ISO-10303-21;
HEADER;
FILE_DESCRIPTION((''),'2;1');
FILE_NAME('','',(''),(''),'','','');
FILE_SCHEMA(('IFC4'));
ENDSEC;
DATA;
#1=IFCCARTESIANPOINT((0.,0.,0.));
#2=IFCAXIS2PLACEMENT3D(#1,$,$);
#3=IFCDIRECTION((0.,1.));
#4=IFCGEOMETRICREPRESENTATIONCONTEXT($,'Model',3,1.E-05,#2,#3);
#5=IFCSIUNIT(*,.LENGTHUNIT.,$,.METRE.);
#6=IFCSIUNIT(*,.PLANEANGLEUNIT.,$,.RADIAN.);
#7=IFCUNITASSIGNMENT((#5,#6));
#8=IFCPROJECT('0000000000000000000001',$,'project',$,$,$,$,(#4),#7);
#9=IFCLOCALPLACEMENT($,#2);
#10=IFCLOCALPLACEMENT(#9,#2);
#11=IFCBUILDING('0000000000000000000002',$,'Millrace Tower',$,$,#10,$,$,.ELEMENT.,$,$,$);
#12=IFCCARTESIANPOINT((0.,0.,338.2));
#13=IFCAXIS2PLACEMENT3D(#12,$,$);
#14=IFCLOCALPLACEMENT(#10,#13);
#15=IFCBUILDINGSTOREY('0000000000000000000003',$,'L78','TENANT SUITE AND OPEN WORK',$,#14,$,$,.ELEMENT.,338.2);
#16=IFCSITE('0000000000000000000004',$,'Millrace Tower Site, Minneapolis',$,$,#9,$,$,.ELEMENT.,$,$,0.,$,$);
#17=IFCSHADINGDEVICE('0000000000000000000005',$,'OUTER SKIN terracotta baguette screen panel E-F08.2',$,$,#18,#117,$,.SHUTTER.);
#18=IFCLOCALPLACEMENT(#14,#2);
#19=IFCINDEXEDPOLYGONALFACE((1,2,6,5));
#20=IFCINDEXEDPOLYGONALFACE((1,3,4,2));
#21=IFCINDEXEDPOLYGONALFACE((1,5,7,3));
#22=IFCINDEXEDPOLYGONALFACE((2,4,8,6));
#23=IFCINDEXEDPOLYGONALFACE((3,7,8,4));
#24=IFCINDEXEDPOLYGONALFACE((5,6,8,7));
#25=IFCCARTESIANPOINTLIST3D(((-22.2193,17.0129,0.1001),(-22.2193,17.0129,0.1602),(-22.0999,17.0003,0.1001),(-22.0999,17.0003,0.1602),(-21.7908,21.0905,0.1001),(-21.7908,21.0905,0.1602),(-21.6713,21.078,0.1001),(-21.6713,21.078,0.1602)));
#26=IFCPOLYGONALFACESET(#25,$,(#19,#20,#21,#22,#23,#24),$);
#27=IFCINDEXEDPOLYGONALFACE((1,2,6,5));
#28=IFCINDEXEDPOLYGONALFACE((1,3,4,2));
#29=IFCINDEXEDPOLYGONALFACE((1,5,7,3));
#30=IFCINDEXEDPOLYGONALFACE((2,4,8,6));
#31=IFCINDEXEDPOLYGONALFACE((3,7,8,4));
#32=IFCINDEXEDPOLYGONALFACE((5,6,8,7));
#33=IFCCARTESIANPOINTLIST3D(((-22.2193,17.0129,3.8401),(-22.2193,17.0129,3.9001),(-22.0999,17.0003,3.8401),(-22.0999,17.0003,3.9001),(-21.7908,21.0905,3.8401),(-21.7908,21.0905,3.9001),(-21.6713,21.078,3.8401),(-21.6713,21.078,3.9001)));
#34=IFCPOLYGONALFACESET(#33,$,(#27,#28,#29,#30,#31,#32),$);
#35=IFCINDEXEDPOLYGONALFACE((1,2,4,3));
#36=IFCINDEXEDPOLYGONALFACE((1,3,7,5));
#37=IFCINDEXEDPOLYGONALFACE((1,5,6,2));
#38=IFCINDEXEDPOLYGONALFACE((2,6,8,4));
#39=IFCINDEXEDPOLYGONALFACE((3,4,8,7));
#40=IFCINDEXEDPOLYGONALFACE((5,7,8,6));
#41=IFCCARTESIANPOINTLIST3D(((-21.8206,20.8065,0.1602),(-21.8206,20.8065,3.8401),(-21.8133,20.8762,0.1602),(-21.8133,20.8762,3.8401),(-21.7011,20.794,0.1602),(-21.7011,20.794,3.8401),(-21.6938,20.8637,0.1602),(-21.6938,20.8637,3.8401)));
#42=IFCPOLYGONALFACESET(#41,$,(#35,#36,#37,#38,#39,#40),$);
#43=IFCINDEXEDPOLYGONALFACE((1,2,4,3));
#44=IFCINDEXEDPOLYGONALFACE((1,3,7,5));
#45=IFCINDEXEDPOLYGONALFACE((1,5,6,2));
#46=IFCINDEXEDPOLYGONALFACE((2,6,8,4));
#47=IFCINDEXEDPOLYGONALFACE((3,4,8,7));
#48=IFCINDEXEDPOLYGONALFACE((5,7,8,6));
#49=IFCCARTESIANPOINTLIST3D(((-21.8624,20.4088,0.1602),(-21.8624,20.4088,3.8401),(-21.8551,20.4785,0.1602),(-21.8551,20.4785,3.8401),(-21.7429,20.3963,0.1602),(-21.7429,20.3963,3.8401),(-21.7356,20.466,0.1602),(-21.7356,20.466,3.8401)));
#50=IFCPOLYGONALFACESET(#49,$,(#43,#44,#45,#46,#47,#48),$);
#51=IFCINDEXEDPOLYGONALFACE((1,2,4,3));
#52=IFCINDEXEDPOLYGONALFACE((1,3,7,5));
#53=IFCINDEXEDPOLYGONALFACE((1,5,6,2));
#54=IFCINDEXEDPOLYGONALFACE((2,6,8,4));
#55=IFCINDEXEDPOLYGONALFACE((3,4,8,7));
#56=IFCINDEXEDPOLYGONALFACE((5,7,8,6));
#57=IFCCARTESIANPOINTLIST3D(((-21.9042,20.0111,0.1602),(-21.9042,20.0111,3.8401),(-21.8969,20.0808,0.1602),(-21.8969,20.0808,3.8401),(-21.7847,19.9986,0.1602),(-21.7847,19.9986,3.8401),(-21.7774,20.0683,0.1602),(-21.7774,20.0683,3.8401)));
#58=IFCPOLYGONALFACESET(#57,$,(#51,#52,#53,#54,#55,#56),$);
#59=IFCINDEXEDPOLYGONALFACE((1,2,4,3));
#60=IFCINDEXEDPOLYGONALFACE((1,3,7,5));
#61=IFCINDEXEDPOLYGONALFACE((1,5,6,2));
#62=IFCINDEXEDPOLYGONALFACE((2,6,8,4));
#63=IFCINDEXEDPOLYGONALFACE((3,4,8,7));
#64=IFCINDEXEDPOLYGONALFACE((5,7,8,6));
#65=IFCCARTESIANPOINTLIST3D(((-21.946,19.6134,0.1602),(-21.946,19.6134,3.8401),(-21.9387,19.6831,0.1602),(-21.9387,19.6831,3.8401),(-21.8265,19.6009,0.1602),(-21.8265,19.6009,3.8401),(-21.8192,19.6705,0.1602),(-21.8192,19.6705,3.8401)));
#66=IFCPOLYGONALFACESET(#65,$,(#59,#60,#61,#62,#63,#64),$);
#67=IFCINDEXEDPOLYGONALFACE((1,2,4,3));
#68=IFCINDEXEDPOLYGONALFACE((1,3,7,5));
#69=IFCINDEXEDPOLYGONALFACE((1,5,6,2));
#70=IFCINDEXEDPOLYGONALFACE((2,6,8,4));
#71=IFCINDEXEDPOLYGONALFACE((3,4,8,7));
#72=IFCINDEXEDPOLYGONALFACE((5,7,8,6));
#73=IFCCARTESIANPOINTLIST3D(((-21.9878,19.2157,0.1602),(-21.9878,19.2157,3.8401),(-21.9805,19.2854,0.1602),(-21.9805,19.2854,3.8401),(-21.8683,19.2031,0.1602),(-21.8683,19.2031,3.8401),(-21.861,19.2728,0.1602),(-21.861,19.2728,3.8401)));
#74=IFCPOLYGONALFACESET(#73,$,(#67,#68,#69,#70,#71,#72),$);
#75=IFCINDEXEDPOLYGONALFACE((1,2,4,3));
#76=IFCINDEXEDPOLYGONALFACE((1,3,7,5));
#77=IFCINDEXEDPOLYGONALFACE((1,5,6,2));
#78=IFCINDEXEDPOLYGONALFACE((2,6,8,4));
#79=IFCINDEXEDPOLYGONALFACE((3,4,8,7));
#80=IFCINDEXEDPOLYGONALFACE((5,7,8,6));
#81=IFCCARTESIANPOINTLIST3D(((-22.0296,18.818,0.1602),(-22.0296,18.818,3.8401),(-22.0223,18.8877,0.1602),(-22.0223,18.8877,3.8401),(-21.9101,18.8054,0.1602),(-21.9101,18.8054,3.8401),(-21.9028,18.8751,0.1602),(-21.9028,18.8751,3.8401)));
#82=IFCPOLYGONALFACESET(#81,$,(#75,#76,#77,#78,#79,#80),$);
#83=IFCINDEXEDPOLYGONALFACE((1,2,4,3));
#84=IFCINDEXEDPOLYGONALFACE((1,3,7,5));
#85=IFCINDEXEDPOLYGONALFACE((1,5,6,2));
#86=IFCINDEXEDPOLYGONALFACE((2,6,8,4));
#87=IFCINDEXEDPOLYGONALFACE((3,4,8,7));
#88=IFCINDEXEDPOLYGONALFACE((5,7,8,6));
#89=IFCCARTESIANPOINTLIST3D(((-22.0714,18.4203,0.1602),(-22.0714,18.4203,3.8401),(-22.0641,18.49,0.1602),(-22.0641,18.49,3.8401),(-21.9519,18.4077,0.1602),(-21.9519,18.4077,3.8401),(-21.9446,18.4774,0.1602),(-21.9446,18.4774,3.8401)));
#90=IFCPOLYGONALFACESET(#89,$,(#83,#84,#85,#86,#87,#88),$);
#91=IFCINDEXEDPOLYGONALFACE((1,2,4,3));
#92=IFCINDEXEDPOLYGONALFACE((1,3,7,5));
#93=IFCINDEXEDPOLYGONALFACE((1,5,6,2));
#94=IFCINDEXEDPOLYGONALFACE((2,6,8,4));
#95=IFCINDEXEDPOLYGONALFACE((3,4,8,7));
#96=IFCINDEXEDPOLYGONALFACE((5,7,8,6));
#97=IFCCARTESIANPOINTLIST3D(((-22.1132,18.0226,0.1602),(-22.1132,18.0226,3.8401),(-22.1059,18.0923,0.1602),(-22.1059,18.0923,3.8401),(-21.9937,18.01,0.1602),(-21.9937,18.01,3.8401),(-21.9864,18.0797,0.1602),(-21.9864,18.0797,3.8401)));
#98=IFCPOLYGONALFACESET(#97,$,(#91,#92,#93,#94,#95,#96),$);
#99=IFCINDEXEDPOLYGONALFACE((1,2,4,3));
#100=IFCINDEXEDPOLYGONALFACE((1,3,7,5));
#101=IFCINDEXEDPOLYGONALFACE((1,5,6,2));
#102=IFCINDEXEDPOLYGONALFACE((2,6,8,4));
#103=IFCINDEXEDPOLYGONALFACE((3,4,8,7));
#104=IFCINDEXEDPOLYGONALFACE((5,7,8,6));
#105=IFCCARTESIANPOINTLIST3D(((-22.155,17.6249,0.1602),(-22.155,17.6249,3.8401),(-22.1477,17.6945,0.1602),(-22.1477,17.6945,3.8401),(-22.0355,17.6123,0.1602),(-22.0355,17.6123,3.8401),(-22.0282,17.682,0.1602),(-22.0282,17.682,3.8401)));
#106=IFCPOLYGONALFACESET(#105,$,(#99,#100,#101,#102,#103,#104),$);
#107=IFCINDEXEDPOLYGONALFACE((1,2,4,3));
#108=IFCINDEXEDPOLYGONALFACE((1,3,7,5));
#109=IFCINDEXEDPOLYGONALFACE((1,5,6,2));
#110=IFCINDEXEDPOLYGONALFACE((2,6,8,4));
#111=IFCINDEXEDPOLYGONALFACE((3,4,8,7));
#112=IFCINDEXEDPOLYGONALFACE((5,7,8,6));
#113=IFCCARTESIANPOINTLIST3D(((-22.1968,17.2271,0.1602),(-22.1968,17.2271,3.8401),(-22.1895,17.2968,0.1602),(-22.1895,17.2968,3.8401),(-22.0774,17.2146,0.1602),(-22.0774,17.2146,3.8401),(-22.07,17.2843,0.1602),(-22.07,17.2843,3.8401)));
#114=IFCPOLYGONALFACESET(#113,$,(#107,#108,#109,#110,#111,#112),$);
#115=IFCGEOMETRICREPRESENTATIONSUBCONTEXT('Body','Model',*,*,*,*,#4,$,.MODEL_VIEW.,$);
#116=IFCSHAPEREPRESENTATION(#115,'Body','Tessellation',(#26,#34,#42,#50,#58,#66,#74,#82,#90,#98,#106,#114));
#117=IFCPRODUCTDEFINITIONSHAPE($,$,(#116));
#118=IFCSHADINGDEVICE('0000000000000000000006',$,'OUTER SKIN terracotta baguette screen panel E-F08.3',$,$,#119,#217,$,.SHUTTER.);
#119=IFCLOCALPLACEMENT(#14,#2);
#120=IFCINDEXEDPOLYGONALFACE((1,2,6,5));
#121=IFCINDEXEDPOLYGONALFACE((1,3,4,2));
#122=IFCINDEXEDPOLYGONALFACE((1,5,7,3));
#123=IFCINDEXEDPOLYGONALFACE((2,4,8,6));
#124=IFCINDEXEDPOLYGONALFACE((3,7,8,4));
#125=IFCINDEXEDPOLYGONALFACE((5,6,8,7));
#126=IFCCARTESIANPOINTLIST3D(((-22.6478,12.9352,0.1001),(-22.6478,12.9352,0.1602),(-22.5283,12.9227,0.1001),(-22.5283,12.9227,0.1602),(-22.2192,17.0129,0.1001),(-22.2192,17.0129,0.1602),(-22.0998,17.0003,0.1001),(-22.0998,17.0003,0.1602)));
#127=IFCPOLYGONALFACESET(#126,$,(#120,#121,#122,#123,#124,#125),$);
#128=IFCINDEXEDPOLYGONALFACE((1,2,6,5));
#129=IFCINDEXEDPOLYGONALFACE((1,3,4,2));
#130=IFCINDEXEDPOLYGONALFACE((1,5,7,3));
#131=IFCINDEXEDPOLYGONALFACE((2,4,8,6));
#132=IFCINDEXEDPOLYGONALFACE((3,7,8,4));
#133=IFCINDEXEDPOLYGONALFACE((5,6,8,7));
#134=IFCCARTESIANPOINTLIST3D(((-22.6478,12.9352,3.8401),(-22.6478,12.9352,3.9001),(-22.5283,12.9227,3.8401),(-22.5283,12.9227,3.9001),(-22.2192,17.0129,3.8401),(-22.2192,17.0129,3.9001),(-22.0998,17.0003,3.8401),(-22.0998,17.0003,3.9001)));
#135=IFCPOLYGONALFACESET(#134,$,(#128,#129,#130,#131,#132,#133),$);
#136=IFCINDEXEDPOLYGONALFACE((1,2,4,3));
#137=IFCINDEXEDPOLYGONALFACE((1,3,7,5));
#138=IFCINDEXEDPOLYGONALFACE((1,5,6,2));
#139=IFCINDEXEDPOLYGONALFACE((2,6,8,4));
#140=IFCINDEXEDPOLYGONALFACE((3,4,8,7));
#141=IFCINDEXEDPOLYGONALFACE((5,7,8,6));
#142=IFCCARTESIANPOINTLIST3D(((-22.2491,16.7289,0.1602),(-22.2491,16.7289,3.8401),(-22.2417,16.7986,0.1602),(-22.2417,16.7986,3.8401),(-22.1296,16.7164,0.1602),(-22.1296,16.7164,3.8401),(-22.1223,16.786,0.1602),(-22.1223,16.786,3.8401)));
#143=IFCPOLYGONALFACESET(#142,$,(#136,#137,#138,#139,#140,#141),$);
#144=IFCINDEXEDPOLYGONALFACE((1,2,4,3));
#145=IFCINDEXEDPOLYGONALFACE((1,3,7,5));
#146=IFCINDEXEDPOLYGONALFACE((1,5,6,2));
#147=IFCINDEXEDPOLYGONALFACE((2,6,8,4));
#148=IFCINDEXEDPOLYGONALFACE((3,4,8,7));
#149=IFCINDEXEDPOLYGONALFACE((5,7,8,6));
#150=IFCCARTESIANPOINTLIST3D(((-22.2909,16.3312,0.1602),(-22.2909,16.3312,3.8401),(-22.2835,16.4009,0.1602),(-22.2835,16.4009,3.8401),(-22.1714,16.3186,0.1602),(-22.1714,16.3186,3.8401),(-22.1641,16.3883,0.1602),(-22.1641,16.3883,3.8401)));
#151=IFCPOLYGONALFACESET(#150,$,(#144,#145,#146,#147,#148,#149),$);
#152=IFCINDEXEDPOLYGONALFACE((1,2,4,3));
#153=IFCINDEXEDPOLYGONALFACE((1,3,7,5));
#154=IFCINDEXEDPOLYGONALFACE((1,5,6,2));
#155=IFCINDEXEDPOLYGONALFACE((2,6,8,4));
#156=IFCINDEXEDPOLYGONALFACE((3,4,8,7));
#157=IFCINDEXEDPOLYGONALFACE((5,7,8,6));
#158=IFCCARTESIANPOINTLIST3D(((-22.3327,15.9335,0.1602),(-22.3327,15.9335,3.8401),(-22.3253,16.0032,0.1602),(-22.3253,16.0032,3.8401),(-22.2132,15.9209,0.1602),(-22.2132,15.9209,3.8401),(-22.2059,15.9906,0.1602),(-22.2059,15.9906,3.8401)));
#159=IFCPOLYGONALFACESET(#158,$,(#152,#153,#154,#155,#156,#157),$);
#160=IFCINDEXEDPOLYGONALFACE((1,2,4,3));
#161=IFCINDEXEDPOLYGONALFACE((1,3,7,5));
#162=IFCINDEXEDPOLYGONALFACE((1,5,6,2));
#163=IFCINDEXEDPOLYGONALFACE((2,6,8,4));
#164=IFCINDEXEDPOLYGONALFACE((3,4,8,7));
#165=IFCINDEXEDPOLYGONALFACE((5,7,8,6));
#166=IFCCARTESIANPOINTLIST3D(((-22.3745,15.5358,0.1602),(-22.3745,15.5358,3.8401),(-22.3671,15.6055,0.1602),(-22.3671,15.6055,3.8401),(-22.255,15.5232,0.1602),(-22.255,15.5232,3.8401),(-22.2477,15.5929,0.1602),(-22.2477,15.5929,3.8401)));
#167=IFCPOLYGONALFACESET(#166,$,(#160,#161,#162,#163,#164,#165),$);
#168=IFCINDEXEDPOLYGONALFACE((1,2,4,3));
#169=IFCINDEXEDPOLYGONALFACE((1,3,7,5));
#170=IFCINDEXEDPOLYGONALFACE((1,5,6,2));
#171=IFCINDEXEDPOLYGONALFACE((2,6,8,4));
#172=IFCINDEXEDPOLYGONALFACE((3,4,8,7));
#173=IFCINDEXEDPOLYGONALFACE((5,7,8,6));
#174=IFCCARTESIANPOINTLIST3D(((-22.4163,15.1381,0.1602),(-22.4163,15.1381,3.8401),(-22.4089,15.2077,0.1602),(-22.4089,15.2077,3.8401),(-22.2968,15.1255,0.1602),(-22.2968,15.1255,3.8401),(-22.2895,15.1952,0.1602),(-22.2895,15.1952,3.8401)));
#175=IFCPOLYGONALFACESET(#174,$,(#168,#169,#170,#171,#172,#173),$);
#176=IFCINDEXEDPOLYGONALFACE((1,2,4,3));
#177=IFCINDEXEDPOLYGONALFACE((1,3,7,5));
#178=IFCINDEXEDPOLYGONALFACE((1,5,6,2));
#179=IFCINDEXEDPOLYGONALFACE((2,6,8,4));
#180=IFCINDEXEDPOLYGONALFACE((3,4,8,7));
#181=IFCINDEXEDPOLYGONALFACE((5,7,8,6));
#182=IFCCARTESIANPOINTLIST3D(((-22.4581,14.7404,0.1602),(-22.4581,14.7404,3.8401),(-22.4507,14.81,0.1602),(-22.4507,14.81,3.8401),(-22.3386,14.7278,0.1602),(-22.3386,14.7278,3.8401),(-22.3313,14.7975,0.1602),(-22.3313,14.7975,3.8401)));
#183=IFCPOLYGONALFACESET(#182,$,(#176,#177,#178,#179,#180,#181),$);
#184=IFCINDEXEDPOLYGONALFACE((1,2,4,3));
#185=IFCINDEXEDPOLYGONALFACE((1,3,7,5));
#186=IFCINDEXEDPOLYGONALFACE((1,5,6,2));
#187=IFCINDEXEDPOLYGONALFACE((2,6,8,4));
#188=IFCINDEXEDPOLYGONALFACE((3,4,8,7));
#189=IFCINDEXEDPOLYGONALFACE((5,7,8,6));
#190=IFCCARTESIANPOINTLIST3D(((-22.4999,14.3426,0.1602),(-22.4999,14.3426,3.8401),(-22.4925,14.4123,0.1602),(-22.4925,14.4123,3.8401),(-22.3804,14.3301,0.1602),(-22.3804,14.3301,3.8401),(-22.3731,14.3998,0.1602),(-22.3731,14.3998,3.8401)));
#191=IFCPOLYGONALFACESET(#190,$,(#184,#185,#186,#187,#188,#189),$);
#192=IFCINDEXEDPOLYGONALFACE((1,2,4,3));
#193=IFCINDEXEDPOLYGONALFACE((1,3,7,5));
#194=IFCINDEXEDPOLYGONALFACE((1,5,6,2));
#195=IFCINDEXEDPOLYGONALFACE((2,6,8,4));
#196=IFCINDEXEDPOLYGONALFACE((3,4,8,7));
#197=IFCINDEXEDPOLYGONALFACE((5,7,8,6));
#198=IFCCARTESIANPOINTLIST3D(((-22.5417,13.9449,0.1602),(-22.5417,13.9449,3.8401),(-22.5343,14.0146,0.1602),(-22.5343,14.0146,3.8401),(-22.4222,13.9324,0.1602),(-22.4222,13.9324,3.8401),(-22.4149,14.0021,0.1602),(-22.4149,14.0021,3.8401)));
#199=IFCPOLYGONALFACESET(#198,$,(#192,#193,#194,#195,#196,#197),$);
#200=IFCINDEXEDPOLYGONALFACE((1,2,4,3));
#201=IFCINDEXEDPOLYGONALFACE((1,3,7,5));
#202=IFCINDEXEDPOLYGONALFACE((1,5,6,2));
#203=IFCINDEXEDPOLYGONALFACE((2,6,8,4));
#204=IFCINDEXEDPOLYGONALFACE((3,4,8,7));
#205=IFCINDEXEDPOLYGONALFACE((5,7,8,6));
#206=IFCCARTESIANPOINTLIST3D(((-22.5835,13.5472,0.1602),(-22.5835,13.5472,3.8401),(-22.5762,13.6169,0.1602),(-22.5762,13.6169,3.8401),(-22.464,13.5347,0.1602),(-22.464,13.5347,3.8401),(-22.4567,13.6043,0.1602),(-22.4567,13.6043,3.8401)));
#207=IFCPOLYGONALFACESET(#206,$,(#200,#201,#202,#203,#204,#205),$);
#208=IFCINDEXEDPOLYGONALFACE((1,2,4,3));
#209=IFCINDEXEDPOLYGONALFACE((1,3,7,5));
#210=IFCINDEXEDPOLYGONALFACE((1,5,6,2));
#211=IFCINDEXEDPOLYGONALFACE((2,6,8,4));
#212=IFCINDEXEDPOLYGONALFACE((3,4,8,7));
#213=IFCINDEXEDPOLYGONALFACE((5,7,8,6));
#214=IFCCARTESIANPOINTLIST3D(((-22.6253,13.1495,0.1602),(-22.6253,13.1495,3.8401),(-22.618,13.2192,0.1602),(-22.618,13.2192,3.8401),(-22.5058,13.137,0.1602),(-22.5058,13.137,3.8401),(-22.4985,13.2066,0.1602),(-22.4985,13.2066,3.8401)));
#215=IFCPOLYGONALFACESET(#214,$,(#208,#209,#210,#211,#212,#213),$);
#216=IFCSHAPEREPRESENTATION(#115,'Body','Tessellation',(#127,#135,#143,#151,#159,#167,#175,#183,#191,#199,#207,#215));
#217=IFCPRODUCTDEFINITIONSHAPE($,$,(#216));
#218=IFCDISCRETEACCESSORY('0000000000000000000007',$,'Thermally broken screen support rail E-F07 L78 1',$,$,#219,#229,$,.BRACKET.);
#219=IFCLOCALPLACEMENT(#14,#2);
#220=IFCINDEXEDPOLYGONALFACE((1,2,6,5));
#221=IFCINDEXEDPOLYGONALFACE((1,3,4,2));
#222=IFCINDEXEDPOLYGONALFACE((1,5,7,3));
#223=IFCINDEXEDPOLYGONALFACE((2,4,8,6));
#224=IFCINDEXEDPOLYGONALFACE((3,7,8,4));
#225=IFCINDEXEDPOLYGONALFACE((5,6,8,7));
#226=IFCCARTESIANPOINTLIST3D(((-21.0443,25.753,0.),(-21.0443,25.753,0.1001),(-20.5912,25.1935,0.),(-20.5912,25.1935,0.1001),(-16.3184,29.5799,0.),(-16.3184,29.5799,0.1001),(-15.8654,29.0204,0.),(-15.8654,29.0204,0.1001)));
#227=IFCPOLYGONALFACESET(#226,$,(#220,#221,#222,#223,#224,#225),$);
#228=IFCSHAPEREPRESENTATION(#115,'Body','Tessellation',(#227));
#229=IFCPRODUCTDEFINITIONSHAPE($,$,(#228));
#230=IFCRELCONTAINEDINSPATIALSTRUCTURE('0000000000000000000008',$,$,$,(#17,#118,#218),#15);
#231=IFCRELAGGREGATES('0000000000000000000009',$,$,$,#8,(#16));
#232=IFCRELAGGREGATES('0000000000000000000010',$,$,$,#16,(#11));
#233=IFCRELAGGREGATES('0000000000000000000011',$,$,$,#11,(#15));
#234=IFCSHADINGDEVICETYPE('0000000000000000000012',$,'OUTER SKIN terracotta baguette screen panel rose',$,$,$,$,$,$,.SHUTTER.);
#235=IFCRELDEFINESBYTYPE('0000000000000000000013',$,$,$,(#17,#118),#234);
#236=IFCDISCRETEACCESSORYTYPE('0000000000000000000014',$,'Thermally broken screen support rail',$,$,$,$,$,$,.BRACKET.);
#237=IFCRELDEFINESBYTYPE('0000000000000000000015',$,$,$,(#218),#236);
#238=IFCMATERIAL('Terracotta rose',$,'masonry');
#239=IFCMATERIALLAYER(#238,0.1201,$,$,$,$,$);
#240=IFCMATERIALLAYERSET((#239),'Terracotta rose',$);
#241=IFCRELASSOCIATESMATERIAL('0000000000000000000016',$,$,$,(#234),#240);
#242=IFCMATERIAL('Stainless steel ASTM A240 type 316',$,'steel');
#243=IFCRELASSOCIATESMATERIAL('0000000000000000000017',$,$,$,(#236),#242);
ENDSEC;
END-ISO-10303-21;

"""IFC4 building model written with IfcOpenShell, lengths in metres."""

from ifc_helpers import new_model, entity, si_unit, direction, frame, frame_2d, origin, origin_2d, place, context, subcontext, project, spatial, rectangle, extrude, source, transform, mapped, material, layer, layer_set, type_object, element, save


model = new_model("IFC4")

# Units and contexts
model_context = context("Model", 3, precision=1e-05, world=origin(), true_north=direction((0.0, 1.0)))
body_context = subcontext(model_context, "Body", "Model", "MODEL_VIEW")
ifc_project = project(units=[si_unit("LENGTHUNIT", "METRE"), si_unit("PLANEANGLEUNIT", "RADIAN")], contexts=[model_context])

# Site, building, storey
site_placement = place(None, origin())
site = spatial("IfcSite", under=ifc_project, at=site_placement, Name="Millrace Tower Site, Minneapolis", CompositionType="ELEMENT", RefElevation=0.0)
building_placement = place(site_placement, origin())
building = spatial("IfcBuilding", under=site, at=building_placement, Name="Millrace Tower", CompositionType="ELEMENT")
storey_placement = place(building_placement, frame((0.0, 0.0, 338.2)))
storey = spatial("IfcBuildingStorey", under=building, at=storey_placement, Name="L78", Description="TENANT SUITE AND OPEN WORK", CompositionType="ELEMENT", Elevation=338.2)

# Shading devices
ifc_material_1 = material(Name="Terracotta rose", Category="masonry")
ifc_layer_1 = layer(ifc_material_1, 0.1201)
ifc_layer_set_1 = layer_set([ifc_layer_1], Name="Terracotta rose")
shading_device_type = type_object("IfcShadingDeviceType", Name="OUTER SKIN terracotta baguette screen panel rose", PredefinedType="SHUTTER", material=ifc_layer_set_1)
cartesian_point_1 = entity("IfcCartesianPoint", [-2.05, 0.0601])
shared_polyline_1 = entity("IfcPolyline", [cartesian_point_1, entity("IfcCartesianPoint", [2.05, 0.0601]), entity("IfcCartesianPoint", [2.05, -0.0601]), entity("IfcCartesianPoint", [-2.05, -0.0601]), cartesian_point_1])
shared_shape_1 = source(origin(), body_context, "Body", "SweptSolid", [
    entity("IfcExtrudedAreaSolid", entity("IfcArbitraryClosedProfileDef", "AREA", None, shared_polyline_1), entity("IfcAxis2Placement3D", entity("IfcCartesianPoint", [0.0, 0.0, 0.0])), entity("IfcDirection", [0.0, 0.0, 1.0]), 0.0601),
    entity("IfcExtrudedAreaSolid", entity("IfcArbitraryClosedProfileDef", "AREA", None, shared_polyline_1), entity("IfcAxis2Placement3D", entity("IfcCartesianPoint", [0.0, 0.0, 3.74])), entity("IfcDirection", [0.0, 0.0, 1.0]), 0.0601),
    extrude(rectangle(XDim=0.0701, YDim=0.1201, at=frame_2d((-1.7996, 0.0))), frame((0.0, 0.0, 0.0601)), (0.0, 0.0, 1.0), 3.6799),
    extrude(rectangle(XDim=0.0701, YDim=0.1201, at=frame_2d((-1.3997, 0.0))), frame((0.0, 0.0, 0.0601)), (0.0, 0.0, 1.0), 3.6799),
    extrude(rectangle(XDim=0.0701, YDim=0.1201, at=frame_2d((-0.9998, 0.0))), frame((0.0, 0.0, 0.0601)), (0.0, 0.0, 1.0), 3.6799),
    extrude(rectangle(XDim=0.0701, YDim=0.1201, at=frame_2d((-0.5999, 0.0))), frame((0.0, 0.0, 0.0601)), (0.0, 0.0, 1.0), 3.6799),
    extrude(rectangle(XDim=0.0701, YDim=0.1201, at=frame_2d((-0.2, 0.0))), frame((0.0, 0.0, 0.0601)), (0.0, 0.0, 1.0), 3.6799),
    extrude(rectangle(XDim=0.0701, YDim=0.1201, at=frame_2d((0.2, 0.0))), frame((0.0, 0.0, 0.0601)), (0.0, 0.0, 1.0), 3.6799),
    extrude(rectangle(XDim=0.0701, YDim=0.1201, at=frame_2d((0.5999, 0.0))), frame((0.0, 0.0, 0.0601)), (0.0, 0.0, 1.0), 3.6799),
    extrude(rectangle(XDim=0.0701, YDim=0.1201, at=frame_2d((0.9998, 0.0))), frame((0.0, 0.0, 0.0601)), (0.0, 0.0, 1.0), 3.6799),
    extrude(rectangle(XDim=0.0701, YDim=0.1201, at=frame_2d((1.3997, 0.0))), frame((0.0, 0.0, 0.0601)), (0.0, 0.0, 1.0), 3.6799),
    extrude(rectangle(XDim=0.0701, YDim=0.1201, at=frame_2d((1.7996, 0.0))), frame((0.0, 0.0, 0.0601)), (0.0, 0.0, 1.0), 3.6799),
])
for number, where, z_axis, x_axis, name in (
    (1, (-21.9453, 19.0454, 0.1001), (0.0, 0.0, 1.0), (-0.104528, -0.994522, 0.0), "OUTER SKIN terracotta baguette screen panel E-F08.2"),
    (2, (-22.3738, 14.9678, 0.1001), (0.0, 0.0, 1.0), (-0.104528, -0.994522, 0.0), "OUTER SKIN terracotta baguette screen panel E-F08.3"),
):
    element("IfcShadingDevice", number, at=place(storey_placement, frame(where, z_axis=z_axis, x_axis=x_axis)), inside=storey, type_object=shading_device_type, Name=name, PredefinedType="SHUTTER", context=body_context, shape_type="MappedRepresentation", body=[
        mapped(shared_shape_1, transform((0.0, 0.0, 0.0), scale=1.0)),
    ])

# Discrete accessory
ifc_material_2 = material(Name="Stainless steel ASTM A240 type 316", Category="steel")
discrete_accessory_type = type_object("IfcDiscreteAccessoryType", Name="Thermally broken screen support rail", PredefinedType="BRACKET", material=ifc_material_2)
discrete_accessory_placement = place(storey_placement, frame((-18.4548, 27.3867, 0.0), z_axis=(0.0, 0.0, 1.0), x_axis=(-0.777146, -0.62932, 0.0)))
element("IfcDiscreteAccessory", 3, at=discrete_accessory_placement, inside=storey, type_object=discrete_accessory_type, Name="Thermally broken screen support rail E-F07 L78 1", PredefinedType="BRACKET", context=body_context, shape_type="SweptSolid", body=[
    extrude(rectangle(XDim=6.0811, YDim=0.72, at=origin_2d()), origin(), (0.0, 0.0, 1.0), 0.1001),
])

save(model, "model.ifc")
